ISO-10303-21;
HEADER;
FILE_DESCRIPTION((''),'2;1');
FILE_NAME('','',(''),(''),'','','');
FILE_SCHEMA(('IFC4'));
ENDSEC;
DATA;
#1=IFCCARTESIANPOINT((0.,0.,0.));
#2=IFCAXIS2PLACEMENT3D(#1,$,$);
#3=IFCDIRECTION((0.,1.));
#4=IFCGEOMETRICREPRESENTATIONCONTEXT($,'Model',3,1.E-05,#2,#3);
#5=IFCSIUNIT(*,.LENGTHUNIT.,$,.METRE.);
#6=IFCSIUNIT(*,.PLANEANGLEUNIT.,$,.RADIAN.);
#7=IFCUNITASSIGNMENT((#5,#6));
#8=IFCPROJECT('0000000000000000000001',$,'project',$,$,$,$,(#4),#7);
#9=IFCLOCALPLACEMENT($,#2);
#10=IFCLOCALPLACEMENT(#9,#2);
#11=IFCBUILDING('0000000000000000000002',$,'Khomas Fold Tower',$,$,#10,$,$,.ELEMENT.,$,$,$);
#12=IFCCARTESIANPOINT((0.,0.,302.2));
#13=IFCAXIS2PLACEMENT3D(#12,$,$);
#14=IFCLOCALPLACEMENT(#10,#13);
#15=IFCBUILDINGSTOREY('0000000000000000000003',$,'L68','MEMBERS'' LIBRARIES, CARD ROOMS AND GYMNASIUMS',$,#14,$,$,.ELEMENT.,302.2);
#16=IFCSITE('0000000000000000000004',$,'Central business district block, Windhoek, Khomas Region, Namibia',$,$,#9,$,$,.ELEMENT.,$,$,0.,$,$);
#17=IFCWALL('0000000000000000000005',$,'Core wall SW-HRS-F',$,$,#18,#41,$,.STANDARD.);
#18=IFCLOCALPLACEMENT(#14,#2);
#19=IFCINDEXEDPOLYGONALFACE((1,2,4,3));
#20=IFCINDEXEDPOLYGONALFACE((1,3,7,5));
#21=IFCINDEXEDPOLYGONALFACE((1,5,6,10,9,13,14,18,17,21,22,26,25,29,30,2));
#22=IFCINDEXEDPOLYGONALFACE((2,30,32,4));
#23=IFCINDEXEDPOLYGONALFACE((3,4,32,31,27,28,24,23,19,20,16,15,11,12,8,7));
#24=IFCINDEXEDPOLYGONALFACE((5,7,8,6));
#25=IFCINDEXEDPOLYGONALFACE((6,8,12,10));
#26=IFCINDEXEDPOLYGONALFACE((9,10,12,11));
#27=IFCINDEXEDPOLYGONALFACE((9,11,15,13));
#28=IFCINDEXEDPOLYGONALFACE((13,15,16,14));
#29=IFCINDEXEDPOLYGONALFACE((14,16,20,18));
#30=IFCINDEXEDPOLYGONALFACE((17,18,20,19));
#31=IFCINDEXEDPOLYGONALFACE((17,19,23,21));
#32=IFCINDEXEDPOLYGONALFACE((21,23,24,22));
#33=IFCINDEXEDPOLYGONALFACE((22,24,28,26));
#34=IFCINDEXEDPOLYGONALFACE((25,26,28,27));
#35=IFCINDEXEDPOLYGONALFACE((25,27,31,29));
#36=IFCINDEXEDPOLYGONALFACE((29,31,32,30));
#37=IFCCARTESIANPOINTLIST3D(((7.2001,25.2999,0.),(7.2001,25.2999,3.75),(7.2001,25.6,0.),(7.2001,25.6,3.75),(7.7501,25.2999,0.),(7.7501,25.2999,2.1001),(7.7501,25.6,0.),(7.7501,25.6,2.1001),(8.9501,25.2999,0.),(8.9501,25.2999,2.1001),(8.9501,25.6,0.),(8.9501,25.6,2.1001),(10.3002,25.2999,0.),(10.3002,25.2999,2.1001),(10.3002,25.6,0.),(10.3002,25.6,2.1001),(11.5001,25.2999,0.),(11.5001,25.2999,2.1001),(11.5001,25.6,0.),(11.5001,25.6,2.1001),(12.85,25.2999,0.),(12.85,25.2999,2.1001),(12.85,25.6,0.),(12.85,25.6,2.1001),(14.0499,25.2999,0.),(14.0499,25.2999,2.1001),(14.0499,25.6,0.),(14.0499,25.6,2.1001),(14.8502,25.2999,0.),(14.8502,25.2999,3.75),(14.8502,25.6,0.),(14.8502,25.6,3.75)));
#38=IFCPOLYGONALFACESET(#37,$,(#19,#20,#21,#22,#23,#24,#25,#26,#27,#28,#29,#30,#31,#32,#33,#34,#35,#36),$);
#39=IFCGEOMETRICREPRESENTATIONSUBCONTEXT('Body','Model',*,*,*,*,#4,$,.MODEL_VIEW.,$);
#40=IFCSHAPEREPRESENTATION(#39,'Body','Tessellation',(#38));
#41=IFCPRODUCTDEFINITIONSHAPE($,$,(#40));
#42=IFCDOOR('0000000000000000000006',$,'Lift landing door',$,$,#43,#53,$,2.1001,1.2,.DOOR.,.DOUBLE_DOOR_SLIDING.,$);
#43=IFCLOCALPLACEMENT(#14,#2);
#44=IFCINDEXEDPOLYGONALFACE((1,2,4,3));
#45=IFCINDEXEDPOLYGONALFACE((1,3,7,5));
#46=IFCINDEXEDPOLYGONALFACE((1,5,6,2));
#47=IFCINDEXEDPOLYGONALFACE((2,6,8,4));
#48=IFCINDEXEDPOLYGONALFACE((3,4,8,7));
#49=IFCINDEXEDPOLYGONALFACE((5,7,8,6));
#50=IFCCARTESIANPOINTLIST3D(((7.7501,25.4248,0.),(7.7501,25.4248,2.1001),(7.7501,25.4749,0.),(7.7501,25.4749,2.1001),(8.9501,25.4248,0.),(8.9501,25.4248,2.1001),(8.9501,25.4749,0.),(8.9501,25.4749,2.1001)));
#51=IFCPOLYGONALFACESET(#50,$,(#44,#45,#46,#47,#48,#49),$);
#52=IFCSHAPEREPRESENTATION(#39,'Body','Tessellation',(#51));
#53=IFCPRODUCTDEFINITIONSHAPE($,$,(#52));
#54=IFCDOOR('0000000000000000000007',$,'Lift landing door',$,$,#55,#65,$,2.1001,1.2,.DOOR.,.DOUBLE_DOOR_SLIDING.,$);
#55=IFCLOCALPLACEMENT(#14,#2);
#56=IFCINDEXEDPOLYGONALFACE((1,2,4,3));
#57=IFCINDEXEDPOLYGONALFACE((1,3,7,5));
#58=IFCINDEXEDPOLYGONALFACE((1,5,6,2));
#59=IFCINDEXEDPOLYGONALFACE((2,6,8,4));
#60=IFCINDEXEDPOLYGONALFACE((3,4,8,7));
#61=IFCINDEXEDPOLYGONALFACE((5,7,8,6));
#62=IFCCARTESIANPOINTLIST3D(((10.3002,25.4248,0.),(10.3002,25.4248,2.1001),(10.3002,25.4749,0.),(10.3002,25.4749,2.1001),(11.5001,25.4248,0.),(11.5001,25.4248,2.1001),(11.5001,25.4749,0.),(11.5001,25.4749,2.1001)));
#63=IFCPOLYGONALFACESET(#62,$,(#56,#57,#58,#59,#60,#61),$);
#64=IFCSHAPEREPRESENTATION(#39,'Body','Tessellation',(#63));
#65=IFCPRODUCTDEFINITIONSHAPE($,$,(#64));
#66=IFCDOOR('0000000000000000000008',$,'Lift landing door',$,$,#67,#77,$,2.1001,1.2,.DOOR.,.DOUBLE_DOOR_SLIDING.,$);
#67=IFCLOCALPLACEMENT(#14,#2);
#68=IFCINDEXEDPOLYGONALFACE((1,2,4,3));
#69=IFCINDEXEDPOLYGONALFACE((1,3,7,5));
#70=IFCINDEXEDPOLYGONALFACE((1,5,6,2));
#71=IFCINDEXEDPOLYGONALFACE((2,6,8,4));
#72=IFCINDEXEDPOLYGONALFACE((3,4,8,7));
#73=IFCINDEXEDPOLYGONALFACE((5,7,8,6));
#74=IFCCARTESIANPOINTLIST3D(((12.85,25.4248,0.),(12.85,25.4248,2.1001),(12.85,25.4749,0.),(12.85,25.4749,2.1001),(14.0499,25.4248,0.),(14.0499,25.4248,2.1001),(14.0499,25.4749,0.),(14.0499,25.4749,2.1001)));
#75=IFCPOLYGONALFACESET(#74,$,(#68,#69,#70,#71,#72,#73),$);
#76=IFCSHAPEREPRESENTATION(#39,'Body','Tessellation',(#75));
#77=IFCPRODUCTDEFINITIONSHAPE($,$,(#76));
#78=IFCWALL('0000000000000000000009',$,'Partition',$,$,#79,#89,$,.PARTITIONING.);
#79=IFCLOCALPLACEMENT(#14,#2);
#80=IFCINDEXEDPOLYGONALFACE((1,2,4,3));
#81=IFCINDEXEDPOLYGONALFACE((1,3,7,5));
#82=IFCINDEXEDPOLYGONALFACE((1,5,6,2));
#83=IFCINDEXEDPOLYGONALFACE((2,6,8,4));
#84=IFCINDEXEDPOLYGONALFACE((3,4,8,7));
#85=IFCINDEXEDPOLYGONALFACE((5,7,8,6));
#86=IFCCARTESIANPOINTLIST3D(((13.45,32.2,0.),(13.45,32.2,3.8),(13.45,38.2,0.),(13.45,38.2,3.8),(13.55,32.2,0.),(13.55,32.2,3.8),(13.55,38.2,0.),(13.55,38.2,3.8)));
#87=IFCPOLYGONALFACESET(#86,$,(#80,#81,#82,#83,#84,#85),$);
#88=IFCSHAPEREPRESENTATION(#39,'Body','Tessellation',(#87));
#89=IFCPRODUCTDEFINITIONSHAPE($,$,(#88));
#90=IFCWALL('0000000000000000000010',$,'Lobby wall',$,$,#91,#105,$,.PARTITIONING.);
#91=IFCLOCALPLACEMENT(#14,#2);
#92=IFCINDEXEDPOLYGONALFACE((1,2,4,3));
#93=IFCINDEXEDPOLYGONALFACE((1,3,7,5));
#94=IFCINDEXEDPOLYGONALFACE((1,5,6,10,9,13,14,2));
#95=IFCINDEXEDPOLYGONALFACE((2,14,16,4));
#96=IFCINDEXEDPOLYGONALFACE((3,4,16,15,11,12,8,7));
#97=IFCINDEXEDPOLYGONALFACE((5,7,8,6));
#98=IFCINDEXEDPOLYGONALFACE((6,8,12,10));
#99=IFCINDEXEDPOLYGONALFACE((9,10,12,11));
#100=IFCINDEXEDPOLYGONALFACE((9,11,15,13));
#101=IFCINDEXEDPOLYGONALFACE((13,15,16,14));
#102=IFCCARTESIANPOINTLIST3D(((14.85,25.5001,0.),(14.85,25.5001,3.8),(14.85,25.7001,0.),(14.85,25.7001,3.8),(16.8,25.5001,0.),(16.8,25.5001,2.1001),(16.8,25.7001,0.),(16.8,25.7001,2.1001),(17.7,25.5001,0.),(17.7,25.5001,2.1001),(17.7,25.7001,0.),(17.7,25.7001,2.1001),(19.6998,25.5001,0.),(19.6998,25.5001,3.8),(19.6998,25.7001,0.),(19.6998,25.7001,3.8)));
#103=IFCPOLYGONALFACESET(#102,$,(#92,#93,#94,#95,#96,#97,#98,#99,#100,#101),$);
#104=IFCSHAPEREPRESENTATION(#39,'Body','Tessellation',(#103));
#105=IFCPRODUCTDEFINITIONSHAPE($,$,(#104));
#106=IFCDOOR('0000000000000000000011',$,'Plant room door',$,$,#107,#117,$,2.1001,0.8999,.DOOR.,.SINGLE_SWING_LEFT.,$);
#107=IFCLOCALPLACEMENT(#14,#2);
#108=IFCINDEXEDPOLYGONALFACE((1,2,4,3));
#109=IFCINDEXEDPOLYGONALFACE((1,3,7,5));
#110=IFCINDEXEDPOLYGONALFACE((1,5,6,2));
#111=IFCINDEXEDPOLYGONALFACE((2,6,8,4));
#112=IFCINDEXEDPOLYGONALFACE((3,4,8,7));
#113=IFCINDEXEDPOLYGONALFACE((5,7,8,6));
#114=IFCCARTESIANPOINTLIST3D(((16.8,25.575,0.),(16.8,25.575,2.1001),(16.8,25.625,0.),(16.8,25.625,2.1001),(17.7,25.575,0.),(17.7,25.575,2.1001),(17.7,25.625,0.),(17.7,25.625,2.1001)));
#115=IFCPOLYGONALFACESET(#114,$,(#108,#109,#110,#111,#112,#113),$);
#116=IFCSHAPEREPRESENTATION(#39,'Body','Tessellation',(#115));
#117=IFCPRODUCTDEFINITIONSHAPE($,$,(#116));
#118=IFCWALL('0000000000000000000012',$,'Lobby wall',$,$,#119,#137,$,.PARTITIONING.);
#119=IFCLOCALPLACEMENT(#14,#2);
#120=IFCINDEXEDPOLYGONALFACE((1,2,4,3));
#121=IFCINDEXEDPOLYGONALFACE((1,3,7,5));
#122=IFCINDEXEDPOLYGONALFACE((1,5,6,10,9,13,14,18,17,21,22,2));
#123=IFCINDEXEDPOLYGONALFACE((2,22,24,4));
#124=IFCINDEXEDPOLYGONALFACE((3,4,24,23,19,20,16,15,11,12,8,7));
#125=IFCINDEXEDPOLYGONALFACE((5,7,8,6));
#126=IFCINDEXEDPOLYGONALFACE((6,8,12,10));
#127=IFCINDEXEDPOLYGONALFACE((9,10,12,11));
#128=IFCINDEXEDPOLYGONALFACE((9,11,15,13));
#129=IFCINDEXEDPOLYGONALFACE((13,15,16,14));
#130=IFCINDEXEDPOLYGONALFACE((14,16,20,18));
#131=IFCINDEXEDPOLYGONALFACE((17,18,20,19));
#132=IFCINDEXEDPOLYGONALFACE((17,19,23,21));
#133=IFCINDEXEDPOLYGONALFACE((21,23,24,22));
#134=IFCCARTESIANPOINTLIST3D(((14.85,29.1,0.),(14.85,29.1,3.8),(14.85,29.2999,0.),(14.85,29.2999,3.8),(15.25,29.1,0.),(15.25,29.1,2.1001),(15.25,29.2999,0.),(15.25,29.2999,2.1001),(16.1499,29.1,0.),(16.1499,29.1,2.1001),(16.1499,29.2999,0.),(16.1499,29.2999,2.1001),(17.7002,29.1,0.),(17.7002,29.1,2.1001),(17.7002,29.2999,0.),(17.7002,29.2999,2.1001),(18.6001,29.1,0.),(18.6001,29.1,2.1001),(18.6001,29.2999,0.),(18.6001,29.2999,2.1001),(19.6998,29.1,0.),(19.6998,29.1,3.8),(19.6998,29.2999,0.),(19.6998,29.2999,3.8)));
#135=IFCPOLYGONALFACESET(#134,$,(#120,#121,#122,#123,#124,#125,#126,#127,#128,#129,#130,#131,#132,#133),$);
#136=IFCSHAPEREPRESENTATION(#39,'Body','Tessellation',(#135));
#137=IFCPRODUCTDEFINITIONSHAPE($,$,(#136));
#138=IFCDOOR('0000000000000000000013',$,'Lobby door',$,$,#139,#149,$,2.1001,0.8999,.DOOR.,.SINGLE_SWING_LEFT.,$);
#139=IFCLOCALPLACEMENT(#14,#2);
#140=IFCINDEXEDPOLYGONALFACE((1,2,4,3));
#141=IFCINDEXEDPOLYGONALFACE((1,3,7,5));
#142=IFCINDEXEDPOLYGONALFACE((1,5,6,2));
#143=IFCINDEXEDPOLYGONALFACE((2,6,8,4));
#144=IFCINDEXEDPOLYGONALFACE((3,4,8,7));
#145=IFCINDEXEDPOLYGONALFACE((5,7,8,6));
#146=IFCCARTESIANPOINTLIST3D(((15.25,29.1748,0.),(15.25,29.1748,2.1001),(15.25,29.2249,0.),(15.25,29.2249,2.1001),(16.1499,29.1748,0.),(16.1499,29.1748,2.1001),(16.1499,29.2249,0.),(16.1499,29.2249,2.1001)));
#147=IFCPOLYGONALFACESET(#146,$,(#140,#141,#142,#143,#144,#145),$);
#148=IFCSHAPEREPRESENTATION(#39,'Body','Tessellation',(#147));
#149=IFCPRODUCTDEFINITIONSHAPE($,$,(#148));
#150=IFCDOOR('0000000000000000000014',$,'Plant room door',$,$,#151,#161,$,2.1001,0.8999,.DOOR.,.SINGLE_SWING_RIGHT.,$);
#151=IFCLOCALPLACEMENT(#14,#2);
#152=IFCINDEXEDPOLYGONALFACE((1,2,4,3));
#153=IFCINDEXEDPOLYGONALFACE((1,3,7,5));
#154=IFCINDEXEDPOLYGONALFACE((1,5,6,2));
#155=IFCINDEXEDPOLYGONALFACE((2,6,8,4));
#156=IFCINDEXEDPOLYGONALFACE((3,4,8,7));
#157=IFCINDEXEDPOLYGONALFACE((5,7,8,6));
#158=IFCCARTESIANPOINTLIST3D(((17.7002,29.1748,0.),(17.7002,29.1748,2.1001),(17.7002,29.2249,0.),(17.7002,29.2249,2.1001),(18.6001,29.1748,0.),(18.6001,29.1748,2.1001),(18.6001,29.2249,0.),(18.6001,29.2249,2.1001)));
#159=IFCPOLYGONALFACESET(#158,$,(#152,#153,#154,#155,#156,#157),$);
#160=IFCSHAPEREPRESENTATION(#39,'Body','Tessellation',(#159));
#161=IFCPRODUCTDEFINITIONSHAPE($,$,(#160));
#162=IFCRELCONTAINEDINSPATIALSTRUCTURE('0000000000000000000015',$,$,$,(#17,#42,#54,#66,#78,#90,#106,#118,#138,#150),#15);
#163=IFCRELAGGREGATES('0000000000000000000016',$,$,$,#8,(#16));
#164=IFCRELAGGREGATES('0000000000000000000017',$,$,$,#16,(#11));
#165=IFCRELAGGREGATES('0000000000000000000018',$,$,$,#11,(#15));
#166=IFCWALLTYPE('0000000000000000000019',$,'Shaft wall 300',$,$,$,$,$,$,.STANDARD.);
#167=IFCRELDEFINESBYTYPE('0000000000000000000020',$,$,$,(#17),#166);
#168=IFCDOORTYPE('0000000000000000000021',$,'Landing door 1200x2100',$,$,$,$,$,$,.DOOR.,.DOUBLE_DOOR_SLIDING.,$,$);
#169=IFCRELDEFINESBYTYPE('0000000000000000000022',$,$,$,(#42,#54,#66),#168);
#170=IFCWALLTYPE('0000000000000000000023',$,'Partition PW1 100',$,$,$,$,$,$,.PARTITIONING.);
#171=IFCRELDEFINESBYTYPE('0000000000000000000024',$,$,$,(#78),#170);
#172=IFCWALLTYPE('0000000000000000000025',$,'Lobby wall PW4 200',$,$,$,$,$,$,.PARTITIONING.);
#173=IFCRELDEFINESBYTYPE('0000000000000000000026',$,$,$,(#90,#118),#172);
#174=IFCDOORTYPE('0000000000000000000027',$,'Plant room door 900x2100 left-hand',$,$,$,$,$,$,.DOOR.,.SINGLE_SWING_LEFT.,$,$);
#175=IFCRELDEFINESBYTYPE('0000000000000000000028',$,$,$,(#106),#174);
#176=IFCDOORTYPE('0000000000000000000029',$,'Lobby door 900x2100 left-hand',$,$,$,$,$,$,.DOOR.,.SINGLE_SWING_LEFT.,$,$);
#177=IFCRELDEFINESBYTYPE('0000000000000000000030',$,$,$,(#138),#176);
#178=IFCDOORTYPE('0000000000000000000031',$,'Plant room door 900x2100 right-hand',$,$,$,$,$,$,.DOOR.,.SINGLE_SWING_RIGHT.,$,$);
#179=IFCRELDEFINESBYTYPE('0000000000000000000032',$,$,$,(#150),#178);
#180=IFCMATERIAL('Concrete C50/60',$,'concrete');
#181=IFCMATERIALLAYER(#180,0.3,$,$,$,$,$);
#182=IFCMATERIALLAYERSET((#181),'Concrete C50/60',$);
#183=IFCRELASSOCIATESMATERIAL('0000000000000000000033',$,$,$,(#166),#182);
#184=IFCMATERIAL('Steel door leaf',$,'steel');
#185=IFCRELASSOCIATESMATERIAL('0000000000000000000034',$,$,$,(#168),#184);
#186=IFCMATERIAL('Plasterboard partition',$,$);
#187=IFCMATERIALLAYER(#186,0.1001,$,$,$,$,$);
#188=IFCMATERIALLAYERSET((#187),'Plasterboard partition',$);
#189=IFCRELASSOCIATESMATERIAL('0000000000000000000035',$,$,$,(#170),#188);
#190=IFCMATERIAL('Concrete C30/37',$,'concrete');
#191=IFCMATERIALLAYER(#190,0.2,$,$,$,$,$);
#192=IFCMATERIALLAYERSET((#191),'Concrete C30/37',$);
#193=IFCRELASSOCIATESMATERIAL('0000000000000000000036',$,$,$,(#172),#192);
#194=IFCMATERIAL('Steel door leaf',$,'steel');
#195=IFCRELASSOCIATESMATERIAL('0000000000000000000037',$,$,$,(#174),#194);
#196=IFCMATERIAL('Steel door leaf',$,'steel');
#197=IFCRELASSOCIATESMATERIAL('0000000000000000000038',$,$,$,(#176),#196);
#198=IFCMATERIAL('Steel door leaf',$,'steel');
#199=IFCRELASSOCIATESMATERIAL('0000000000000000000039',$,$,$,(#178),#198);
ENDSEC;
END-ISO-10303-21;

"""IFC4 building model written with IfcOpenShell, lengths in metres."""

from ifc_helpers import new_model, si_unit, direction, frame, frame_2d, origin, place, context, subcontext, project, spatial, rectangle, extrude, source, transform, mapped, material, layer, layer_set, type_object, element, fill, save


model = new_model("IFC4")

# Units and contexts
model_context = context("Model", 3, precision=1e-05, world=origin(), true_north=direction((0.0, 1.0)))
body_context = subcontext(model_context, "Body", "Model", "MODEL_VIEW")
ifc_project = project(units=[si_unit("LENGTHUNIT", "METRE"), si_unit("PLANEANGLEUNIT", "RADIAN")], contexts=[model_context])

# Site, building, storey
site_placement = place(None, origin())
site = spatial("IfcSite", under=ifc_project, at=site_placement, Name="Central business district block, Windhoek, Khomas Region, Namibia", CompositionType="ELEMENT", RefElevation=0.0)
building_placement = place(site_placement, origin())
building = spatial("IfcBuilding", under=site, at=building_placement, Name="Khomas Fold Tower", CompositionType="ELEMENT")
storey_placement = place(building_placement, frame((0.0, 0.0, 302.2)))
storey = spatial("IfcBuildingStorey", under=building, at=storey_placement, Name="L68", Description="MEMBERS' LIBRARIES, CARD ROOMS AND GYMNASIUMS", CompositionType="ELEMENT", Elevation=302.2)

# Shared definitions
ifc_material_1 = material(Name="Concrete C50/60", Category="concrete")
ifc_layer_1 = layer(ifc_material_1, 0.3)
ifc_layer_set_1 = layer_set([ifc_layer_1], Name="Concrete C50/60")
wall_type_1 = type_object("IfcWallType", Name="Shaft wall 300", PredefinedType="STANDARD", material=ifc_layer_set_1)
shared_shape_1 = source(origin(), body_context, "Body", "SweptSolid", [
    extrude(rectangle(XDim=7.6501, YDim=0.3, at=frame_2d((3.8252, 0.0))), origin(), (0.0, 0.0, 1.0), 3.75),
])

# Wall, openings, doors
shared_shape_2 = source(origin(), body_context, "Body", "SweptSolid", [
    extrude(rectangle(XDim=1.2, YDim=2.1001, at=frame_2d((0.6001, 1.05))), frame((0.0, 0.1599, 0.0), z_axis=(0.0, -1.0, 0.0), x_axis=(1.0, 0.0, 0.0)), (0.0, 0.0, 1.0), 0.3201),
])
ifc_material_2 = material(Name="Steel door leaf", Category="steel")
door_type_1 = type_object("IfcDoorType", Name="Landing door 1200x2100", OperationType="DOUBLE_DOOR_SLIDING", PredefinedType="DOOR", material=ifc_material_2)
shared_shape_3 = source(origin(), body_context, "Body", "SweptSolid", [
    extrude(rectangle(XDim=1.2, YDim=2.1001, at=frame_2d((0.6001, 1.05))), frame((0.0, 0.0249, 0.0), z_axis=(0.0, -1.0, 0.0), x_axis=(1.0, 0.0, 0.0)), (0.0, 0.0, 1.0), 0.05),
])
wall_1_placement = place(storey_placement, frame((7.2, 25.45, 0.0), z_axis=(0.0, 0.0, 1.0), x_axis=(1.0, 0.0, 0.0)))
wall_1 = element("IfcWall", 1, at=wall_1_placement, inside=storey, type_object=wall_type_1, Name="Core wall SW-HRS-F", PredefinedType="STANDARD", context=body_context, shape_type="MappedRepresentation", body=[
    mapped(shared_shape_1, transform((0.0, 0.0, 0.0))),
])
opening_1_placement = place(wall_1_placement, frame((0.55, 0.0, 0.0)))
opening_1 = element("IfcOpeningElement", 2, at=opening_1_placement, cuts=wall_1, PredefinedType="OPENING", context=body_context, shape_type="MappedRepresentation", body=[
    mapped(shared_shape_2, transform((0.0, 0.0, 0.0))),
])
opening_2_placement = place(wall_1_placement, frame((3.1001, 0.0, 0.0)))
opening_2 = element("IfcOpeningElement", 3, at=opening_2_placement, cuts=wall_1, PredefinedType="OPENING", context=body_context, shape_type="MappedRepresentation", body=[
    mapped(shared_shape_2, transform((0.0, 0.0, 0.0))),
])
opening_3_placement = place(wall_1_placement, frame((5.6499, 0.0, 0.0)))
opening_3 = element("IfcOpeningElement", 4, at=opening_3_placement, cuts=wall_1, PredefinedType="OPENING", context=body_context, shape_type="MappedRepresentation", body=[
    mapped(shared_shape_2, transform((0.0, 0.0, 0.0))),
])
door_1_placement = place(opening_1_placement, origin())
door_1 = element("IfcDoor", 5, at=door_1_placement, inside=storey, type_object=door_type_1, Name="Lift landing door", OperationType="DOUBLE_DOOR_SLIDING", OverallHeight=2.1001, OverallWidth=1.2, PredefinedType="DOOR", context=body_context, shape_type="MappedRepresentation", body=[
    mapped(shared_shape_3, transform((0.0, 0.0, 0.0))),
])
fill(opening_1, door_1)
door_2_placement = place(opening_2_placement, origin())
door_2 = element("IfcDoor", 6, at=door_2_placement, inside=storey, type_object=door_type_1, Name="Lift landing door", OperationType="DOUBLE_DOOR_SLIDING", OverallHeight=2.1001, OverallWidth=1.2, PredefinedType="DOOR", context=body_context, shape_type="MappedRepresentation", body=[
    mapped(shared_shape_3, transform((0.0, 0.0, 0.0))),
])
fill(opening_2, door_2)
door_3_placement = place(opening_3_placement, origin())
door_3 = element("IfcDoor", 7, at=door_3_placement, inside=storey, type_object=door_type_1, Name="Lift landing door", OperationType="DOUBLE_DOOR_SLIDING", OverallHeight=2.1001, OverallWidth=1.2, PredefinedType="DOOR", context=body_context, shape_type="MappedRepresentation", body=[
    mapped(shared_shape_3, transform((0.0, 0.0, 0.0))),
])
fill(opening_3, door_3)

# Wall
ifc_material_3 = material(Name="Plasterboard partition")
ifc_layer_2 = layer(ifc_material_3, 0.1001)
ifc_layer_set_2 = layer_set([ifc_layer_2], Name="Plasterboard partition")
wall_type_2 = type_object("IfcWallType", Name="Partition PW1 100", PredefinedType="PARTITIONING", material=ifc_layer_set_2)
shared_shape_4 = source(origin(), body_context, "Body", "SweptSolid", [
    extrude(rectangle(XDim=6.0, YDim=0.1001, at=frame_2d((3.0, 0.0))), origin(), (0.0, 0.0, 1.0), 3.8),
])
wall_2_placement = place(storey_placement, frame((13.5, 32.2, 0.0), z_axis=(0.0, 0.0, 1.0), x_axis=(0.0, 1.0, 0.0)))
element("IfcWall", 8, at=wall_2_placement, inside=storey, type_object=wall_type_2, Name="Partition", PredefinedType="PARTITIONING", context=body_context, shape_type="MappedRepresentation", body=[
    mapped(shared_shape_4, transform((0.0, 0.0, 0.0))),
])

# Wall, opening, door
ifc_material_4 = material(Name="Concrete C30/37", Category="concrete")
ifc_layer_3 = layer(ifc_material_4, 0.2)
ifc_layer_set_3 = layer_set([ifc_layer_3], Name="Concrete C30/37")
wall_type_3 = type_object("IfcWallType", Name="Lobby wall PW4 200", PredefinedType="PARTITIONING", material=ifc_layer_set_3)
shared_shape_5 = source(origin(), body_context, "Body", "SweptSolid", [
    extrude(rectangle(XDim=4.8499, YDim=0.2, at=frame_2d((2.4248, 0.0))), origin(), (0.0, 0.0, 1.0), 3.8),
])
wall_3_placement = place(storey_placement, frame((14.8501, 25.6001, 0.0), z_axis=(0.0, 0.0, 1.0), x_axis=(1.0, 0.0, 0.0)))
wall_3 = element("IfcWall", 9, at=wall_3_placement, inside=storey, type_object=wall_type_3, Name="Lobby wall", PredefinedType="PARTITIONING", context=body_context, shape_type="MappedRepresentation", body=[
    mapped(shared_shape_5, transform((0.0, 0.0, 0.0))),
])
shared_shape_6 = source(origin(), body_context, "Body", "SweptSolid", [
    extrude(rectangle(XDim=0.8999, YDim=2.1001, at=frame_2d((0.45, 1.05))), frame((0.0, 0.1099, 0.0), z_axis=(0.0, -1.0, 0.0), x_axis=(1.0, 0.0, 0.0)), (0.0, 0.0, 1.0), 0.22),
])
opening_4_placement = place(wall_3_placement, frame((1.95, 0.0, 0.0)))
opening_4 = element("IfcOpeningElement", 10, at=opening_4_placement, cuts=wall_3, PredefinedType="OPENING", context=body_context, shape_type="MappedRepresentation", body=[
    mapped(shared_shape_6, transform((0.0, 0.0, 0.0))),
])
ifc_material_5 = material(Name="Steel door leaf", Category="steel")
door_type_2 = type_object("IfcDoorType", Name="Plant room door 900x2100 left-hand", OperationType="SINGLE_SWING_LEFT", PredefinedType="DOOR", material=ifc_material_5)
shared_shape_7 = source(origin(), body_context, "Body", "SweptSolid", [
    extrude(rectangle(XDim=0.8999, YDim=2.1001, at=frame_2d((0.45, 1.05))), frame((0.0, 0.0249, 0.0), z_axis=(0.0, -1.0, 0.0), x_axis=(1.0, 0.0, 0.0)), (0.0, 0.0, 1.0), 0.05),
])
door_4_placement = place(opening_4_placement, origin())
door_4 = element("IfcDoor", 11, at=door_4_placement, inside=storey, type_object=door_type_2, Name="Plant room door", OperationType="SINGLE_SWING_LEFT", OverallHeight=2.1001, OverallWidth=0.8999, PredefinedType="DOOR", context=body_context, shape_type="MappedRepresentation", body=[
    mapped(shared_shape_7, transform((0.0, 0.0, 0.0))),
])
fill(opening_4, door_4)

# Wall, openings, doors
wall_4_placement = place(storey_placement, frame((14.8501, 29.2, 0.0), z_axis=(0.0, 0.0, 1.0), x_axis=(1.0, 0.0, 0.0)))
wall_4 = element("IfcWall", 12, at=wall_4_placement, inside=storey, type_object=wall_type_3, Name="Lobby wall", PredefinedType="PARTITIONING", context=body_context, shape_type="MappedRepresentation", body=[
    mapped(shared_shape_5, transform((0.0, 0.0, 0.0))),
])
opening_5_placement = place(wall_4_placement, frame((0.3999, 0.0, 0.0)))
opening_5 = element("IfcOpeningElement", 13, at=opening_5_placement, cuts=wall_4, PredefinedType="OPENING", context=body_context, shape_type="MappedRepresentation", body=[
    mapped(shared_shape_6, transform((0.0, 0.0, 0.0))),
])
opening_6_placement = place(wall_4_placement, frame((2.8501, 0.0, 0.0)))
opening_6 = element("IfcOpeningElement", 14, at=opening_6_placement, cuts=wall_4, PredefinedType="OPENING", context=body_context, shape_type="MappedRepresentation", body=[
    mapped(shared_shape_6, transform((0.0, 0.0, 0.0))),
])
ifc_material_6 = material(Name="Steel door leaf", Category="steel")
door_type_3 = type_object("IfcDoorType", Name="Lobby door 900x2100 left-hand", OperationType="SINGLE_SWING_LEFT", PredefinedType="DOOR", material=ifc_material_6)
door_5_placement = place(opening_5_placement, origin())
door_5 = element("IfcDoor", 15, at=door_5_placement, inside=storey, type_object=door_type_3, Name="Lobby door", OperationType="SINGLE_SWING_LEFT", OverallHeight=2.1001, OverallWidth=0.8999, PredefinedType="DOOR", context=body_context, shape_type="MappedRepresentation", body=[
    mapped(shared_shape_7, transform((0.0, 0.0, 0.0))),
])
fill(opening_5, door_5)
ifc_material_7 = material(Name="Steel door leaf", Category="steel")
door_type_4 = type_object("IfcDoorType", Name="Plant room door 900x2100 right-hand", OperationType="SINGLE_SWING_RIGHT", PredefinedType="DOOR", material=ifc_material_7)
door_6_placement = place(opening_6_placement, origin())
door_6 = element("IfcDoor", 16, at=door_6_placement, inside=storey, type_object=door_type_4, Name="Plant room door", OperationType="SINGLE_SWING_RIGHT", OverallHeight=2.1001, OverallWidth=0.8999, PredefinedType="DOOR", context=body_context, shape_type="MappedRepresentation", body=[
    mapped(shared_shape_7, transform((0.0, 0.0, 0.0))),
])
fill(opening_6, door_6)

save(model, "model.ifc")
